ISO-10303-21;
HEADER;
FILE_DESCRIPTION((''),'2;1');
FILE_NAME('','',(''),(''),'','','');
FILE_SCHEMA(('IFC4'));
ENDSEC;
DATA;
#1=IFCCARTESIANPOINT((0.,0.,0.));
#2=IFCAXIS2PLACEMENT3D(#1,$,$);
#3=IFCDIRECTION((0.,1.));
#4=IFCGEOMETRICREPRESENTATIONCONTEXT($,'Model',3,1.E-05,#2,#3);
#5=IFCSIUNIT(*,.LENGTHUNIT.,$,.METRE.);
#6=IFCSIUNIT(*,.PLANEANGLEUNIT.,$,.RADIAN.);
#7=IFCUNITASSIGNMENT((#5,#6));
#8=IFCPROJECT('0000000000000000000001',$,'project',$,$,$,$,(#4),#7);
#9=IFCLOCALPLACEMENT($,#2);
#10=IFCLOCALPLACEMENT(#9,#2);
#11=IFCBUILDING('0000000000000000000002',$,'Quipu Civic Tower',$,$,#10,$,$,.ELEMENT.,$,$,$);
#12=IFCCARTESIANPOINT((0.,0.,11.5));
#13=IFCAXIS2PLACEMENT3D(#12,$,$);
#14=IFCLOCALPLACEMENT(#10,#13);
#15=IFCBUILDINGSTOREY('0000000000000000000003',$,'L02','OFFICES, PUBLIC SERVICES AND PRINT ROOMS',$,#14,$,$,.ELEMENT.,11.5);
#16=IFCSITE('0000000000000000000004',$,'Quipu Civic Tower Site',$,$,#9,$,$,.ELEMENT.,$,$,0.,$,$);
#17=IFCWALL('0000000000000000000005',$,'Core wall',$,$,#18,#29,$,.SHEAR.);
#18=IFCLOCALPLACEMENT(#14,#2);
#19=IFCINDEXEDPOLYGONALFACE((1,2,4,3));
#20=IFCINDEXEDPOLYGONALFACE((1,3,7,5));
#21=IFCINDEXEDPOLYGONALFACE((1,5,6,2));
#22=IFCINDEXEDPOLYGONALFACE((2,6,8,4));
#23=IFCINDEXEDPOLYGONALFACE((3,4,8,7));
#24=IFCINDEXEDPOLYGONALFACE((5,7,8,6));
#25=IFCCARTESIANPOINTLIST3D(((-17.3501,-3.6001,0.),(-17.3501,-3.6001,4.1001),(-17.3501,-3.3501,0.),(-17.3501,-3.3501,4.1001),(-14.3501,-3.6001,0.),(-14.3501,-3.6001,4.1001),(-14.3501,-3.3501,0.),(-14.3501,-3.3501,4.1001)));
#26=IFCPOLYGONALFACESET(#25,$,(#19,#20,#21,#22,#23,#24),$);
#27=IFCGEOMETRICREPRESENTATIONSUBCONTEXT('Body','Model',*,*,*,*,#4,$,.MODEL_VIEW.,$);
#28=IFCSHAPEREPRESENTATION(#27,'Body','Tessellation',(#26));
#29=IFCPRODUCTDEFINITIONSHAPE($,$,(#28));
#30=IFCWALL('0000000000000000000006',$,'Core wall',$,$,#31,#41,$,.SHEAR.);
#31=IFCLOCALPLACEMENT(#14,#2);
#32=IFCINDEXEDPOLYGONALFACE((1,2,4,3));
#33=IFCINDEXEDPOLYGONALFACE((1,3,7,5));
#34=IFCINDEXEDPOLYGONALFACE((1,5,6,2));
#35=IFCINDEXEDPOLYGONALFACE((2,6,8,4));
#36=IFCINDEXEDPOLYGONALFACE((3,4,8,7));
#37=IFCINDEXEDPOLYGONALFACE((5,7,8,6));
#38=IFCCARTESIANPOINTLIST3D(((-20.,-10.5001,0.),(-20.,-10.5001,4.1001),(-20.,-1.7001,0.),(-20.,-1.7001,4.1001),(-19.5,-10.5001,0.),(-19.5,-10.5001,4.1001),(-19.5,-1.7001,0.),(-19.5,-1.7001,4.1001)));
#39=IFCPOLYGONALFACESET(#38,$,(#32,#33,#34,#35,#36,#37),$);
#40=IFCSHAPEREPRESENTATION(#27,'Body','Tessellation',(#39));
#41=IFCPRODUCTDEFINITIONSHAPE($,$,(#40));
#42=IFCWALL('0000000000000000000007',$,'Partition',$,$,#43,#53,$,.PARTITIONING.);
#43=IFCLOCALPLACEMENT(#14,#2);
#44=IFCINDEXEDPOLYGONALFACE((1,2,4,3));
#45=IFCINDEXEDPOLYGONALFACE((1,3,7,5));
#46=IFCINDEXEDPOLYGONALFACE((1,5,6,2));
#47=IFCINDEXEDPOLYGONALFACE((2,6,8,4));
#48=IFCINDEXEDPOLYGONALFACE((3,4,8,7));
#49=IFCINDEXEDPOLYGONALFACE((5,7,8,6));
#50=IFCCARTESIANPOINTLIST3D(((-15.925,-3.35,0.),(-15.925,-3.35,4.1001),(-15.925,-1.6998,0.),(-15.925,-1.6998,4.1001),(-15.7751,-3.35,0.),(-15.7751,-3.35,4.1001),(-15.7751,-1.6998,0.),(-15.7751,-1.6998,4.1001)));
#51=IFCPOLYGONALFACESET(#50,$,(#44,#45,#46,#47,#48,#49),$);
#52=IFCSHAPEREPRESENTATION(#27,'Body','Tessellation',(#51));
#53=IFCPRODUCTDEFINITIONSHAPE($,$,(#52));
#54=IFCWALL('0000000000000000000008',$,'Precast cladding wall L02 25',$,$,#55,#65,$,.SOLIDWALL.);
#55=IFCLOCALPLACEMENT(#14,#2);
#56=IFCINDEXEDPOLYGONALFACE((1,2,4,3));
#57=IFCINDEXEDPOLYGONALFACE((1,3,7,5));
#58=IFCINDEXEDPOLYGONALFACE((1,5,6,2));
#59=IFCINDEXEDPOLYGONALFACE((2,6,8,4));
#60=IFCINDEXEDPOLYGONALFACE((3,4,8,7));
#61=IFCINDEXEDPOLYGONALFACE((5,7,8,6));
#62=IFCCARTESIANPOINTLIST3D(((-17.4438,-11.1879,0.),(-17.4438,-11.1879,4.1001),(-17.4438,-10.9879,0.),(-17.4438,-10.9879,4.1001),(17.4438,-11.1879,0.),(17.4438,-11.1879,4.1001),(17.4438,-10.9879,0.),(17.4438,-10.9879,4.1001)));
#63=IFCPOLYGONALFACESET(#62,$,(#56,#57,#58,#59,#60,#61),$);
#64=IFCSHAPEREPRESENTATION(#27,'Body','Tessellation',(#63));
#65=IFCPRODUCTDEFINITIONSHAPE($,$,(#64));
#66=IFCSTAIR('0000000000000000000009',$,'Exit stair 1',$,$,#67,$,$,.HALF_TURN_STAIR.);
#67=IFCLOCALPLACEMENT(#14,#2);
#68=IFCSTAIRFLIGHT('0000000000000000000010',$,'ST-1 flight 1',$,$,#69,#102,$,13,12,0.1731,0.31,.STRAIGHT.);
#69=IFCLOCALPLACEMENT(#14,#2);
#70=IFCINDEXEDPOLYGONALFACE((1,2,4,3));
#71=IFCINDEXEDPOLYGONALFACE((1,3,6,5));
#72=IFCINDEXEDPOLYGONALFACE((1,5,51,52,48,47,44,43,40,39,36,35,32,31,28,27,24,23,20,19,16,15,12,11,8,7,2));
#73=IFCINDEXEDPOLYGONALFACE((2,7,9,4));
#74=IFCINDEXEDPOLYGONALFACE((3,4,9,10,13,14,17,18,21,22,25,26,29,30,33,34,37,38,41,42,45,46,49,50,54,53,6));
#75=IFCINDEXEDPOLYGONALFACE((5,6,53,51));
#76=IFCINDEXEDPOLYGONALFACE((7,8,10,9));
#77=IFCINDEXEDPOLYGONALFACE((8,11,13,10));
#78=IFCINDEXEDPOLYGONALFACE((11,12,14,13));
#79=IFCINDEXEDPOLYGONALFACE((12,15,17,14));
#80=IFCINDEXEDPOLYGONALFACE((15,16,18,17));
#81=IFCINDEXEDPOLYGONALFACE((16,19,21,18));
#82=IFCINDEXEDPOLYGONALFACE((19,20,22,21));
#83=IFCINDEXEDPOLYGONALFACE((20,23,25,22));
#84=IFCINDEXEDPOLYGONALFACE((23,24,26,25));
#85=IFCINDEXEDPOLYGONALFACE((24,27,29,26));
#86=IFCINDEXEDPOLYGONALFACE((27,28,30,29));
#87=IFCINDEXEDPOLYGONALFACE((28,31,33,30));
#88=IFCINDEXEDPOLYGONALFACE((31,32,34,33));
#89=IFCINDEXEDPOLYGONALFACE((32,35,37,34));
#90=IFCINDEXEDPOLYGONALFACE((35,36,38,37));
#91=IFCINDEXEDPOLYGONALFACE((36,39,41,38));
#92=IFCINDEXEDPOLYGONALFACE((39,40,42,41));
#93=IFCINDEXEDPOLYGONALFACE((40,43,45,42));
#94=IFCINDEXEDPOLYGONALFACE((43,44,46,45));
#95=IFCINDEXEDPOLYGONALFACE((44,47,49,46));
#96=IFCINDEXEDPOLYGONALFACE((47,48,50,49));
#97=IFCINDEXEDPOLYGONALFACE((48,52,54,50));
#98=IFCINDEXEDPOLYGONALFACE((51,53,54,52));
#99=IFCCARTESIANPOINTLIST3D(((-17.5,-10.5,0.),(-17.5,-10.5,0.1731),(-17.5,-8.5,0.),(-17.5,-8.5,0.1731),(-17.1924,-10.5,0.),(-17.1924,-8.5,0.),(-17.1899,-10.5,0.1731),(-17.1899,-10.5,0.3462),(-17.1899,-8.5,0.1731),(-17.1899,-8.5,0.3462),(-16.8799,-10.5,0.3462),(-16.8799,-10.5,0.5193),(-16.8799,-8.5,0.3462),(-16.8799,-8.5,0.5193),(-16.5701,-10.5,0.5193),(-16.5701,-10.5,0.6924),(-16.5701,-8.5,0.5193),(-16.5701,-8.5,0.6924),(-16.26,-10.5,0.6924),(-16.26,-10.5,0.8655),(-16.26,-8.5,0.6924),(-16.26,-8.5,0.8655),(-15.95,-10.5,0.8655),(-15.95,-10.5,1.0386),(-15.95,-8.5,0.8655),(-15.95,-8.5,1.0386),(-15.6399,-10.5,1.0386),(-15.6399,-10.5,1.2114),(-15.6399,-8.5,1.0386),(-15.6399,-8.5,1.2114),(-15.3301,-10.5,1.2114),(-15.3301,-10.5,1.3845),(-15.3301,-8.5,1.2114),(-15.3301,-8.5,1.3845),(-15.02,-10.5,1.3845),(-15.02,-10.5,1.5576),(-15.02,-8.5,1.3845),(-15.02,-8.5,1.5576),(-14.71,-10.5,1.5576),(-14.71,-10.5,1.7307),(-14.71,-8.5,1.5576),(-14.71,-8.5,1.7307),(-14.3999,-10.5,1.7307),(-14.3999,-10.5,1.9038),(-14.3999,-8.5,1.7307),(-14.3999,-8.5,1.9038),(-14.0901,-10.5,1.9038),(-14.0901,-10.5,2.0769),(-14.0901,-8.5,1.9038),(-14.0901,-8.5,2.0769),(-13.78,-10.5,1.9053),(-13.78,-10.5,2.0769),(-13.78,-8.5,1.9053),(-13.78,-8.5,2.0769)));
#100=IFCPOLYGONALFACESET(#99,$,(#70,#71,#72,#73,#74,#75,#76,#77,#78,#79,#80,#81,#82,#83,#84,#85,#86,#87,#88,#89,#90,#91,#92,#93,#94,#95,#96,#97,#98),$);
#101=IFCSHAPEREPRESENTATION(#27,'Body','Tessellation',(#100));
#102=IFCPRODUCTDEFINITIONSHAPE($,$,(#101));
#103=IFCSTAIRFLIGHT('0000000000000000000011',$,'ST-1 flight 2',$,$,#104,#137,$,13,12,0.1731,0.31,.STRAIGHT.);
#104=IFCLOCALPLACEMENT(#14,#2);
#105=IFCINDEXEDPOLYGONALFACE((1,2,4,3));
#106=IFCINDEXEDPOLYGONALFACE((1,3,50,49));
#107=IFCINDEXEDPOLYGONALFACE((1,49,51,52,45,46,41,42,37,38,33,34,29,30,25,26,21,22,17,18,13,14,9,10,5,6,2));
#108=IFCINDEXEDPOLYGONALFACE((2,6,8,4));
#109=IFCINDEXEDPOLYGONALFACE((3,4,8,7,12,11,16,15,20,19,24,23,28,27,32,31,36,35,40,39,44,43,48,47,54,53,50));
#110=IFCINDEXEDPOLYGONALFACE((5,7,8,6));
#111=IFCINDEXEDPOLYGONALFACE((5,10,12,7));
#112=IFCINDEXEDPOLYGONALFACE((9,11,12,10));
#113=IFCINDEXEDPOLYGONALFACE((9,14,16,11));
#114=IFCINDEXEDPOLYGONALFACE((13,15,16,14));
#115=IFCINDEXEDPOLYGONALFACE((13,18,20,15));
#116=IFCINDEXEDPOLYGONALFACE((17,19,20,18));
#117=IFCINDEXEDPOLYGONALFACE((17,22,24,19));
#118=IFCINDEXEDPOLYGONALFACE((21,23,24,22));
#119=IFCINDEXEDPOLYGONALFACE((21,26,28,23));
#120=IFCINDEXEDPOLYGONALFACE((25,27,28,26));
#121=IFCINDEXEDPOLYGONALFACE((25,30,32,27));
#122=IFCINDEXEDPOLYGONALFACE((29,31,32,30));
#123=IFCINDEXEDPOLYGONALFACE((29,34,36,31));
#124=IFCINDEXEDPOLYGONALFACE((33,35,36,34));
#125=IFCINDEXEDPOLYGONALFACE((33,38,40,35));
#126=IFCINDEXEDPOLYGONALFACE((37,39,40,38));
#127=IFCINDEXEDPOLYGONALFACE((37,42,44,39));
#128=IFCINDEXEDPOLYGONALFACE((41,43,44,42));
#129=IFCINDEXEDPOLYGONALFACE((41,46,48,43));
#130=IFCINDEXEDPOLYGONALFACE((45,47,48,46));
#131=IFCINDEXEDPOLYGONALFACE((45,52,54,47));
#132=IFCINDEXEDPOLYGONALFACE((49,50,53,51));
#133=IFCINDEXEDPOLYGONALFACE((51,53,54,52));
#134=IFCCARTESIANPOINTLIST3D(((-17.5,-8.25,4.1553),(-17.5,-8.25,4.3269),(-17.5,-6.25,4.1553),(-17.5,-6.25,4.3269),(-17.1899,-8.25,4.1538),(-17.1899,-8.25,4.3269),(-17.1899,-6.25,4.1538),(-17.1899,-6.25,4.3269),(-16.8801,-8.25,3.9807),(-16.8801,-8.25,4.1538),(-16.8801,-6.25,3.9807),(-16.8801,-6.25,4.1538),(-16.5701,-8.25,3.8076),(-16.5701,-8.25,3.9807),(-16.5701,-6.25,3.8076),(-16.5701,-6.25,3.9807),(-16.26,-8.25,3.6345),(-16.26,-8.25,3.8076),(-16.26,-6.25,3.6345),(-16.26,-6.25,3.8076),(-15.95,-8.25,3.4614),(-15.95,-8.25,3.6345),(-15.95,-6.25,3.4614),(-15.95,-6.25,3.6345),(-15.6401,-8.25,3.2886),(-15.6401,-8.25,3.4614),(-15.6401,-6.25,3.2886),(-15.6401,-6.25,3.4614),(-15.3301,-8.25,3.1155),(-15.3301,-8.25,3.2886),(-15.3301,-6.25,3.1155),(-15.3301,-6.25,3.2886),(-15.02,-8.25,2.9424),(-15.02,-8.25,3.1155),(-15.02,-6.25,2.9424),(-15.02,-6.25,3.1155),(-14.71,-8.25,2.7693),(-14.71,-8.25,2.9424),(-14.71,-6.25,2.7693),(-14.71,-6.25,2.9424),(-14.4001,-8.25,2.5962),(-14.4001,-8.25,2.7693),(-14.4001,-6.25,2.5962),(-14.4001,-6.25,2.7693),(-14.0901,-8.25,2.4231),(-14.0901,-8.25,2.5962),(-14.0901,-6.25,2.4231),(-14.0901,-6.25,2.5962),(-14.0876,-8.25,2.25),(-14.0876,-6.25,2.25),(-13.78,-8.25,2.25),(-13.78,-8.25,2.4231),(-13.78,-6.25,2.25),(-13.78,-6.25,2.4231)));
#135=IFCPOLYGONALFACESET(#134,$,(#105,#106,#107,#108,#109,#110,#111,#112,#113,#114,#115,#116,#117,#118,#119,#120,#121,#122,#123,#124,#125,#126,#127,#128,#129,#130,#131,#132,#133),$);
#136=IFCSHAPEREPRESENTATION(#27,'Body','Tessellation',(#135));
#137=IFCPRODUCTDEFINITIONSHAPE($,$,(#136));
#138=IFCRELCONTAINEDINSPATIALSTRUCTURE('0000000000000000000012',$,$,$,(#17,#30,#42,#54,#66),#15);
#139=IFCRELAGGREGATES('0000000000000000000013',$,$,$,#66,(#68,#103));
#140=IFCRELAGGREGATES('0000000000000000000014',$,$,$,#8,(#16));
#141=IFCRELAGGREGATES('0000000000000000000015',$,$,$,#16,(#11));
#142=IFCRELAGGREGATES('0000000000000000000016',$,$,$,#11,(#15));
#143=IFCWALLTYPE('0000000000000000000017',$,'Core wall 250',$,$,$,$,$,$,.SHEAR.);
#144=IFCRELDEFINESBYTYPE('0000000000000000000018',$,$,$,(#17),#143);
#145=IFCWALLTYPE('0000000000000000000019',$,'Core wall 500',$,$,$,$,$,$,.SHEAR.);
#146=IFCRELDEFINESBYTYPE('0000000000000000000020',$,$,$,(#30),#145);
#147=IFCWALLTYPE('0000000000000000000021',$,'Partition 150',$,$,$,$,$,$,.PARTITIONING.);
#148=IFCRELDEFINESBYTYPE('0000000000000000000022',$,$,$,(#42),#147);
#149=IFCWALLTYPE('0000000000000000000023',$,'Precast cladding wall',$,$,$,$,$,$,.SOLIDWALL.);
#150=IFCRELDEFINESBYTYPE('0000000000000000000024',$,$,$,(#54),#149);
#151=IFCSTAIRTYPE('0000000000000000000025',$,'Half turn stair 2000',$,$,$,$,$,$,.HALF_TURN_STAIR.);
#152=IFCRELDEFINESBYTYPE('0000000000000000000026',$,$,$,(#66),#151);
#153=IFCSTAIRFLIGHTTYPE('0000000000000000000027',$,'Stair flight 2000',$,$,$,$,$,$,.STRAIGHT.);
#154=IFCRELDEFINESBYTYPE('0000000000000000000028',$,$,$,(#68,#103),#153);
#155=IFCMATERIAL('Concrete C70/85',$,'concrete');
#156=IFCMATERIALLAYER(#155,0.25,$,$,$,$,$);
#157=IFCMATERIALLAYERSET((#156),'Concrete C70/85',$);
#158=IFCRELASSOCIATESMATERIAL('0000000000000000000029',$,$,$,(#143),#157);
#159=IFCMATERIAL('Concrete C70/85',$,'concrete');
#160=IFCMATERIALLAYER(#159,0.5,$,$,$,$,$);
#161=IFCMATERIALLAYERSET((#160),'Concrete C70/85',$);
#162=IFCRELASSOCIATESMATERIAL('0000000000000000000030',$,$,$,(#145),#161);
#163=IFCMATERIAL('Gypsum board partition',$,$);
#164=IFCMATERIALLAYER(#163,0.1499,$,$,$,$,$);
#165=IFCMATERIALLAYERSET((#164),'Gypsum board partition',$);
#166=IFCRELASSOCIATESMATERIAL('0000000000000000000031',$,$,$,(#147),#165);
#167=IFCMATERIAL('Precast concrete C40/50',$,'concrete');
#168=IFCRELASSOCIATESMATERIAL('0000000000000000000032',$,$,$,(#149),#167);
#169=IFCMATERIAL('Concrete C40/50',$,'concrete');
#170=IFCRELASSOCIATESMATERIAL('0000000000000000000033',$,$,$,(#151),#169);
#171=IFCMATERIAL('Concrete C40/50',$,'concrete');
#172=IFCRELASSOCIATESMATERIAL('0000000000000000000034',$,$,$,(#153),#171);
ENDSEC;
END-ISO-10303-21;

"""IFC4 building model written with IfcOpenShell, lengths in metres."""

from ifc_helpers import new_model, si_unit, direction, frame, frame_2d, origin, place, context, subcontext, project, spatial, polyline, rectangle, outline, extrude, material, layer, layer_set, type_object, element, aggregate, save


model = new_model("IFC4")

# Units and contexts
model_context = context("Model", 3, precision=1e-05, world=origin(), true_north=direction((0.0, 1.0)))
body_context = subcontext(model_context, "Body", "Model", "MODEL_VIEW")
ifc_project = project(units=[si_unit("LENGTHUNIT", "METRE"), si_unit("PLANEANGLEUNIT", "RADIAN")], contexts=[model_context])

# Site, building, storey
site_placement = place(None, origin())
site = spatial("IfcSite", under=ifc_project, at=site_placement, Name="Quipu Civic Tower Site", CompositionType="ELEMENT", RefElevation=0.0)
building_placement = place(site_placement, origin())
building = spatial("IfcBuilding", under=site, at=building_placement, Name="Quipu Civic Tower", CompositionType="ELEMENT")
storey_placement = place(building_placement, frame((0.0, 0.0, 11.5)))
storey = spatial("IfcBuildingStorey", under=building, at=storey_placement, Name="L02", Description="OFFICES, PUBLIC SERVICES AND PRINT ROOMS", CompositionType="ELEMENT", Elevation=11.5)

# Shared definitions
ifc_material_1 = material(Name="Concrete C70/85", Category="concrete")
ifc_layer_1 = layer(ifc_material_1, 0.25)
ifc_layer_set_1 = layer_set([ifc_layer_1], Name="Concrete C70/85")
wall_type_1 = type_object("IfcWallType", Name="Core wall 250", PredefinedType="SHEAR", material=ifc_layer_set_1)

# Walls
wall_1_placement = place(storey_placement, frame((-17.3501, -3.4751, 0.0), z_axis=(0.0, 0.0, 1.0), x_axis=(1.0, 0.0, 0.0)))
element("IfcWall", 1, at=wall_1_placement, inside=storey, type_object=wall_type_1, Name="Core wall", PredefinedType="SHEAR", context=body_context, shape_type="SweptSolid", body=[
    extrude(rectangle(XDim=3.0, YDim=0.25, at=frame_2d((1.5, 0.0))), origin(), (0.0, 0.0, 1.0), 4.1001),
])
ifc_material_2 = material(Name="Concrete C70/85", Category="concrete")
ifc_layer_2 = layer(ifc_material_2, 0.5)
ifc_layer_set_2 = layer_set([ifc_layer_2], Name="Concrete C70/85")
wall_type_2 = type_object("IfcWallType", Name="Core wall 500", PredefinedType="SHEAR", material=ifc_layer_set_2)
wall_2_placement = place(storey_placement, frame((-19.75, -10.5, 0.0), z_axis=(0.0, 0.0, 1.0), x_axis=(0.0, 1.0, 0.0)))
element("IfcWall", 2, at=wall_2_placement, inside=storey, type_object=wall_type_2, Name="Core wall", PredefinedType="SHEAR", context=body_context, shape_type="SweptSolid", body=[
    extrude(rectangle(XDim=8.8, YDim=0.5, at=frame_2d((4.3999, 0.0))), origin(), (0.0, 0.0, 1.0), 4.1001),
])
ifc_material_3 = material(Name="Gypsum board partition")
ifc_layer_3 = layer(ifc_material_3, 0.1499)
ifc_layer_set_3 = layer_set([ifc_layer_3], Name="Gypsum board partition")
wall_type_3 = type_object("IfcWallType", Name="Partition 150", PredefinedType="PARTITIONING", material=ifc_layer_set_3)
wall_3_placement = place(storey_placement, frame((-15.8501, -3.3501, 0.0), z_axis=(0.0, 0.0, 1.0), x_axis=(0.0, 1.0, 0.0)))
element("IfcWall", 3, at=wall_3_placement, inside=storey, type_object=wall_type_3, Name="Partition", PredefinedType="PARTITIONING", context=body_context, shape_type="SweptSolid", body=[
    extrude(rectangle(XDim=1.6501, YDim=0.1499, at=frame_2d((0.8252, 0.0))), origin(), (0.0, 0.0, 1.0), 4.1001),
])
ifc_material_4 = material(Name="Precast concrete C40/50", Category="concrete")
wall_type_4 = type_object("IfcWallType", Name="Precast cladding wall", PredefinedType="SOLIDWALL", material=ifc_material_4)
wall_4_placement = place(storey_placement, frame((-17.4438, -11.0879, 0.0), z_axis=(0.0, 0.0, 1.0), x_axis=(1.0, 0.0, 0.0)))
element("IfcWall", 4, at=wall_4_placement, inside=storey, type_object=wall_type_4, Name="Precast cladding wall L02 25", PredefinedType="SOLIDWALL", context=body_context, shape_type="SweptSolid", body=[
    extrude(rectangle(XDim=34.8877, YDim=0.2, at=frame_2d((17.4438, 0.0))), origin(), (0.0, 0.0, 1.0), 4.1001),
])

# Stair, stair flights
ifc_material_5 = material(Name="Concrete C40/50", Category="concrete")
stair_type = type_object("IfcStairType", Name="Half turn stair 2000", PredefinedType="HALF_TURN_STAIR", material=ifc_material_5)
stair_placement = place(storey_placement, origin())
stair = element("IfcStair", 5, at=stair_placement, inside=storey, type_object=stair_type, Name="Exit stair 1", PredefinedType="HALF_TURN_STAIR")
ifc_material_6 = material(Name="Concrete C40/50", Category="concrete")
stair_flight_type = type_object("IfcStairFlightType", Name="Stair flight 2000", PredefinedType="STRAIGHT", material=ifc_material_6)
stair_flight_1_placement = place(storey_placement, frame((-17.5, -9.5, 0.0), z_axis=(0.0, 0.0, 1.0), x_axis=(1.0, 0.0, 0.0)))
stair_flight_1 = element("IfcStairFlight", 6, at=stair_flight_1_placement, type_object=stair_flight_type, Name="ST-1 flight 1", NumberOfRisers=13, NumberOfTreads=12, PredefinedType="STRAIGHT", RiserHeight=0.1731, TreadLength=0.31, context=body_context, shape_type="SweptSolid", body=[
    extrude(outline(polyline([(0.0, 0.0), (0.0, 0.1731), (0.3101, 0.1731), (0.3101, 0.3462), (0.6201, 0.3462), (0.6201, 0.5193), (0.9299, 0.5193), (0.9299, 0.6924), (1.24, 0.6924), (1.24, 0.8655), (1.55, 0.8655), (1.55, 1.0386), (1.8601, 1.0386), (1.8601, 1.2114), (2.1699, 1.2114), (2.1699, 1.3845), (2.48, 1.3845), (2.48, 1.5576), (2.79, 1.5576), (2.79, 1.7307), (3.1001, 1.7307), (3.1001, 1.9038), (3.4099, 1.9038), (3.4099, 2.0769), (3.72, 2.0769), (3.72, 2.25), (3.72, 1.9053), (0.3076, 0.0), (0.0, 0.0)])), frame((0.0, 1.0, 0.0), z_axis=(0.0, -1.0, 0.0), x_axis=(1.0, 0.0, 0.0)), (0.0, 0.0, 1.0), 2.0),
])
stair_flight_2_placement = place(storey_placement, frame((-13.78, -7.25, 2.25), z_axis=(0.0, 0.0, 1.0), x_axis=(-1.0, 0.0, 0.0)))
stair_flight_2 = element("IfcStairFlight", 7, at=stair_flight_2_placement, type_object=stair_flight_type, Name="ST-1 flight 2", NumberOfRisers=13, NumberOfTreads=12, PredefinedType="STRAIGHT", RiserHeight=0.1731, TreadLength=0.31, context=body_context, shape_type="SweptSolid", body=[
    extrude(outline(polyline([(0.0, 0.0), (0.0, 0.1731), (0.3101, 0.1731), (0.3101, 0.3462), (0.6201, 0.3462), (0.6201, 0.5193), (0.9299, 0.5193), (0.9299, 0.6924), (1.24, 0.6924), (1.24, 0.8655), (1.55, 0.8655), (1.55, 1.0386), (1.8601, 1.0386), (1.8601, 1.2114), (2.1699, 1.2114), (2.1699, 1.3845), (2.48, 1.3845), (2.48, 1.5576), (2.79, 1.5576), (2.79, 1.7307), (3.1001, 1.7307), (3.1001, 1.9038), (3.4099, 1.9038), (3.4099, 2.0769), (3.72, 2.0769), (3.72, 2.25), (3.72, 1.9053), (0.3076, 0.0), (0.0, 0.0)])), frame((0.0, 1.0, 0.0), z_axis=(0.0, -1.0, 0.0), x_axis=(1.0, 0.0, 0.0)), (0.0, 0.0, 1.0), 2.0),
])
aggregate(stair, [stair_flight_1, stair_flight_2])

save(model, "model.ifc")
